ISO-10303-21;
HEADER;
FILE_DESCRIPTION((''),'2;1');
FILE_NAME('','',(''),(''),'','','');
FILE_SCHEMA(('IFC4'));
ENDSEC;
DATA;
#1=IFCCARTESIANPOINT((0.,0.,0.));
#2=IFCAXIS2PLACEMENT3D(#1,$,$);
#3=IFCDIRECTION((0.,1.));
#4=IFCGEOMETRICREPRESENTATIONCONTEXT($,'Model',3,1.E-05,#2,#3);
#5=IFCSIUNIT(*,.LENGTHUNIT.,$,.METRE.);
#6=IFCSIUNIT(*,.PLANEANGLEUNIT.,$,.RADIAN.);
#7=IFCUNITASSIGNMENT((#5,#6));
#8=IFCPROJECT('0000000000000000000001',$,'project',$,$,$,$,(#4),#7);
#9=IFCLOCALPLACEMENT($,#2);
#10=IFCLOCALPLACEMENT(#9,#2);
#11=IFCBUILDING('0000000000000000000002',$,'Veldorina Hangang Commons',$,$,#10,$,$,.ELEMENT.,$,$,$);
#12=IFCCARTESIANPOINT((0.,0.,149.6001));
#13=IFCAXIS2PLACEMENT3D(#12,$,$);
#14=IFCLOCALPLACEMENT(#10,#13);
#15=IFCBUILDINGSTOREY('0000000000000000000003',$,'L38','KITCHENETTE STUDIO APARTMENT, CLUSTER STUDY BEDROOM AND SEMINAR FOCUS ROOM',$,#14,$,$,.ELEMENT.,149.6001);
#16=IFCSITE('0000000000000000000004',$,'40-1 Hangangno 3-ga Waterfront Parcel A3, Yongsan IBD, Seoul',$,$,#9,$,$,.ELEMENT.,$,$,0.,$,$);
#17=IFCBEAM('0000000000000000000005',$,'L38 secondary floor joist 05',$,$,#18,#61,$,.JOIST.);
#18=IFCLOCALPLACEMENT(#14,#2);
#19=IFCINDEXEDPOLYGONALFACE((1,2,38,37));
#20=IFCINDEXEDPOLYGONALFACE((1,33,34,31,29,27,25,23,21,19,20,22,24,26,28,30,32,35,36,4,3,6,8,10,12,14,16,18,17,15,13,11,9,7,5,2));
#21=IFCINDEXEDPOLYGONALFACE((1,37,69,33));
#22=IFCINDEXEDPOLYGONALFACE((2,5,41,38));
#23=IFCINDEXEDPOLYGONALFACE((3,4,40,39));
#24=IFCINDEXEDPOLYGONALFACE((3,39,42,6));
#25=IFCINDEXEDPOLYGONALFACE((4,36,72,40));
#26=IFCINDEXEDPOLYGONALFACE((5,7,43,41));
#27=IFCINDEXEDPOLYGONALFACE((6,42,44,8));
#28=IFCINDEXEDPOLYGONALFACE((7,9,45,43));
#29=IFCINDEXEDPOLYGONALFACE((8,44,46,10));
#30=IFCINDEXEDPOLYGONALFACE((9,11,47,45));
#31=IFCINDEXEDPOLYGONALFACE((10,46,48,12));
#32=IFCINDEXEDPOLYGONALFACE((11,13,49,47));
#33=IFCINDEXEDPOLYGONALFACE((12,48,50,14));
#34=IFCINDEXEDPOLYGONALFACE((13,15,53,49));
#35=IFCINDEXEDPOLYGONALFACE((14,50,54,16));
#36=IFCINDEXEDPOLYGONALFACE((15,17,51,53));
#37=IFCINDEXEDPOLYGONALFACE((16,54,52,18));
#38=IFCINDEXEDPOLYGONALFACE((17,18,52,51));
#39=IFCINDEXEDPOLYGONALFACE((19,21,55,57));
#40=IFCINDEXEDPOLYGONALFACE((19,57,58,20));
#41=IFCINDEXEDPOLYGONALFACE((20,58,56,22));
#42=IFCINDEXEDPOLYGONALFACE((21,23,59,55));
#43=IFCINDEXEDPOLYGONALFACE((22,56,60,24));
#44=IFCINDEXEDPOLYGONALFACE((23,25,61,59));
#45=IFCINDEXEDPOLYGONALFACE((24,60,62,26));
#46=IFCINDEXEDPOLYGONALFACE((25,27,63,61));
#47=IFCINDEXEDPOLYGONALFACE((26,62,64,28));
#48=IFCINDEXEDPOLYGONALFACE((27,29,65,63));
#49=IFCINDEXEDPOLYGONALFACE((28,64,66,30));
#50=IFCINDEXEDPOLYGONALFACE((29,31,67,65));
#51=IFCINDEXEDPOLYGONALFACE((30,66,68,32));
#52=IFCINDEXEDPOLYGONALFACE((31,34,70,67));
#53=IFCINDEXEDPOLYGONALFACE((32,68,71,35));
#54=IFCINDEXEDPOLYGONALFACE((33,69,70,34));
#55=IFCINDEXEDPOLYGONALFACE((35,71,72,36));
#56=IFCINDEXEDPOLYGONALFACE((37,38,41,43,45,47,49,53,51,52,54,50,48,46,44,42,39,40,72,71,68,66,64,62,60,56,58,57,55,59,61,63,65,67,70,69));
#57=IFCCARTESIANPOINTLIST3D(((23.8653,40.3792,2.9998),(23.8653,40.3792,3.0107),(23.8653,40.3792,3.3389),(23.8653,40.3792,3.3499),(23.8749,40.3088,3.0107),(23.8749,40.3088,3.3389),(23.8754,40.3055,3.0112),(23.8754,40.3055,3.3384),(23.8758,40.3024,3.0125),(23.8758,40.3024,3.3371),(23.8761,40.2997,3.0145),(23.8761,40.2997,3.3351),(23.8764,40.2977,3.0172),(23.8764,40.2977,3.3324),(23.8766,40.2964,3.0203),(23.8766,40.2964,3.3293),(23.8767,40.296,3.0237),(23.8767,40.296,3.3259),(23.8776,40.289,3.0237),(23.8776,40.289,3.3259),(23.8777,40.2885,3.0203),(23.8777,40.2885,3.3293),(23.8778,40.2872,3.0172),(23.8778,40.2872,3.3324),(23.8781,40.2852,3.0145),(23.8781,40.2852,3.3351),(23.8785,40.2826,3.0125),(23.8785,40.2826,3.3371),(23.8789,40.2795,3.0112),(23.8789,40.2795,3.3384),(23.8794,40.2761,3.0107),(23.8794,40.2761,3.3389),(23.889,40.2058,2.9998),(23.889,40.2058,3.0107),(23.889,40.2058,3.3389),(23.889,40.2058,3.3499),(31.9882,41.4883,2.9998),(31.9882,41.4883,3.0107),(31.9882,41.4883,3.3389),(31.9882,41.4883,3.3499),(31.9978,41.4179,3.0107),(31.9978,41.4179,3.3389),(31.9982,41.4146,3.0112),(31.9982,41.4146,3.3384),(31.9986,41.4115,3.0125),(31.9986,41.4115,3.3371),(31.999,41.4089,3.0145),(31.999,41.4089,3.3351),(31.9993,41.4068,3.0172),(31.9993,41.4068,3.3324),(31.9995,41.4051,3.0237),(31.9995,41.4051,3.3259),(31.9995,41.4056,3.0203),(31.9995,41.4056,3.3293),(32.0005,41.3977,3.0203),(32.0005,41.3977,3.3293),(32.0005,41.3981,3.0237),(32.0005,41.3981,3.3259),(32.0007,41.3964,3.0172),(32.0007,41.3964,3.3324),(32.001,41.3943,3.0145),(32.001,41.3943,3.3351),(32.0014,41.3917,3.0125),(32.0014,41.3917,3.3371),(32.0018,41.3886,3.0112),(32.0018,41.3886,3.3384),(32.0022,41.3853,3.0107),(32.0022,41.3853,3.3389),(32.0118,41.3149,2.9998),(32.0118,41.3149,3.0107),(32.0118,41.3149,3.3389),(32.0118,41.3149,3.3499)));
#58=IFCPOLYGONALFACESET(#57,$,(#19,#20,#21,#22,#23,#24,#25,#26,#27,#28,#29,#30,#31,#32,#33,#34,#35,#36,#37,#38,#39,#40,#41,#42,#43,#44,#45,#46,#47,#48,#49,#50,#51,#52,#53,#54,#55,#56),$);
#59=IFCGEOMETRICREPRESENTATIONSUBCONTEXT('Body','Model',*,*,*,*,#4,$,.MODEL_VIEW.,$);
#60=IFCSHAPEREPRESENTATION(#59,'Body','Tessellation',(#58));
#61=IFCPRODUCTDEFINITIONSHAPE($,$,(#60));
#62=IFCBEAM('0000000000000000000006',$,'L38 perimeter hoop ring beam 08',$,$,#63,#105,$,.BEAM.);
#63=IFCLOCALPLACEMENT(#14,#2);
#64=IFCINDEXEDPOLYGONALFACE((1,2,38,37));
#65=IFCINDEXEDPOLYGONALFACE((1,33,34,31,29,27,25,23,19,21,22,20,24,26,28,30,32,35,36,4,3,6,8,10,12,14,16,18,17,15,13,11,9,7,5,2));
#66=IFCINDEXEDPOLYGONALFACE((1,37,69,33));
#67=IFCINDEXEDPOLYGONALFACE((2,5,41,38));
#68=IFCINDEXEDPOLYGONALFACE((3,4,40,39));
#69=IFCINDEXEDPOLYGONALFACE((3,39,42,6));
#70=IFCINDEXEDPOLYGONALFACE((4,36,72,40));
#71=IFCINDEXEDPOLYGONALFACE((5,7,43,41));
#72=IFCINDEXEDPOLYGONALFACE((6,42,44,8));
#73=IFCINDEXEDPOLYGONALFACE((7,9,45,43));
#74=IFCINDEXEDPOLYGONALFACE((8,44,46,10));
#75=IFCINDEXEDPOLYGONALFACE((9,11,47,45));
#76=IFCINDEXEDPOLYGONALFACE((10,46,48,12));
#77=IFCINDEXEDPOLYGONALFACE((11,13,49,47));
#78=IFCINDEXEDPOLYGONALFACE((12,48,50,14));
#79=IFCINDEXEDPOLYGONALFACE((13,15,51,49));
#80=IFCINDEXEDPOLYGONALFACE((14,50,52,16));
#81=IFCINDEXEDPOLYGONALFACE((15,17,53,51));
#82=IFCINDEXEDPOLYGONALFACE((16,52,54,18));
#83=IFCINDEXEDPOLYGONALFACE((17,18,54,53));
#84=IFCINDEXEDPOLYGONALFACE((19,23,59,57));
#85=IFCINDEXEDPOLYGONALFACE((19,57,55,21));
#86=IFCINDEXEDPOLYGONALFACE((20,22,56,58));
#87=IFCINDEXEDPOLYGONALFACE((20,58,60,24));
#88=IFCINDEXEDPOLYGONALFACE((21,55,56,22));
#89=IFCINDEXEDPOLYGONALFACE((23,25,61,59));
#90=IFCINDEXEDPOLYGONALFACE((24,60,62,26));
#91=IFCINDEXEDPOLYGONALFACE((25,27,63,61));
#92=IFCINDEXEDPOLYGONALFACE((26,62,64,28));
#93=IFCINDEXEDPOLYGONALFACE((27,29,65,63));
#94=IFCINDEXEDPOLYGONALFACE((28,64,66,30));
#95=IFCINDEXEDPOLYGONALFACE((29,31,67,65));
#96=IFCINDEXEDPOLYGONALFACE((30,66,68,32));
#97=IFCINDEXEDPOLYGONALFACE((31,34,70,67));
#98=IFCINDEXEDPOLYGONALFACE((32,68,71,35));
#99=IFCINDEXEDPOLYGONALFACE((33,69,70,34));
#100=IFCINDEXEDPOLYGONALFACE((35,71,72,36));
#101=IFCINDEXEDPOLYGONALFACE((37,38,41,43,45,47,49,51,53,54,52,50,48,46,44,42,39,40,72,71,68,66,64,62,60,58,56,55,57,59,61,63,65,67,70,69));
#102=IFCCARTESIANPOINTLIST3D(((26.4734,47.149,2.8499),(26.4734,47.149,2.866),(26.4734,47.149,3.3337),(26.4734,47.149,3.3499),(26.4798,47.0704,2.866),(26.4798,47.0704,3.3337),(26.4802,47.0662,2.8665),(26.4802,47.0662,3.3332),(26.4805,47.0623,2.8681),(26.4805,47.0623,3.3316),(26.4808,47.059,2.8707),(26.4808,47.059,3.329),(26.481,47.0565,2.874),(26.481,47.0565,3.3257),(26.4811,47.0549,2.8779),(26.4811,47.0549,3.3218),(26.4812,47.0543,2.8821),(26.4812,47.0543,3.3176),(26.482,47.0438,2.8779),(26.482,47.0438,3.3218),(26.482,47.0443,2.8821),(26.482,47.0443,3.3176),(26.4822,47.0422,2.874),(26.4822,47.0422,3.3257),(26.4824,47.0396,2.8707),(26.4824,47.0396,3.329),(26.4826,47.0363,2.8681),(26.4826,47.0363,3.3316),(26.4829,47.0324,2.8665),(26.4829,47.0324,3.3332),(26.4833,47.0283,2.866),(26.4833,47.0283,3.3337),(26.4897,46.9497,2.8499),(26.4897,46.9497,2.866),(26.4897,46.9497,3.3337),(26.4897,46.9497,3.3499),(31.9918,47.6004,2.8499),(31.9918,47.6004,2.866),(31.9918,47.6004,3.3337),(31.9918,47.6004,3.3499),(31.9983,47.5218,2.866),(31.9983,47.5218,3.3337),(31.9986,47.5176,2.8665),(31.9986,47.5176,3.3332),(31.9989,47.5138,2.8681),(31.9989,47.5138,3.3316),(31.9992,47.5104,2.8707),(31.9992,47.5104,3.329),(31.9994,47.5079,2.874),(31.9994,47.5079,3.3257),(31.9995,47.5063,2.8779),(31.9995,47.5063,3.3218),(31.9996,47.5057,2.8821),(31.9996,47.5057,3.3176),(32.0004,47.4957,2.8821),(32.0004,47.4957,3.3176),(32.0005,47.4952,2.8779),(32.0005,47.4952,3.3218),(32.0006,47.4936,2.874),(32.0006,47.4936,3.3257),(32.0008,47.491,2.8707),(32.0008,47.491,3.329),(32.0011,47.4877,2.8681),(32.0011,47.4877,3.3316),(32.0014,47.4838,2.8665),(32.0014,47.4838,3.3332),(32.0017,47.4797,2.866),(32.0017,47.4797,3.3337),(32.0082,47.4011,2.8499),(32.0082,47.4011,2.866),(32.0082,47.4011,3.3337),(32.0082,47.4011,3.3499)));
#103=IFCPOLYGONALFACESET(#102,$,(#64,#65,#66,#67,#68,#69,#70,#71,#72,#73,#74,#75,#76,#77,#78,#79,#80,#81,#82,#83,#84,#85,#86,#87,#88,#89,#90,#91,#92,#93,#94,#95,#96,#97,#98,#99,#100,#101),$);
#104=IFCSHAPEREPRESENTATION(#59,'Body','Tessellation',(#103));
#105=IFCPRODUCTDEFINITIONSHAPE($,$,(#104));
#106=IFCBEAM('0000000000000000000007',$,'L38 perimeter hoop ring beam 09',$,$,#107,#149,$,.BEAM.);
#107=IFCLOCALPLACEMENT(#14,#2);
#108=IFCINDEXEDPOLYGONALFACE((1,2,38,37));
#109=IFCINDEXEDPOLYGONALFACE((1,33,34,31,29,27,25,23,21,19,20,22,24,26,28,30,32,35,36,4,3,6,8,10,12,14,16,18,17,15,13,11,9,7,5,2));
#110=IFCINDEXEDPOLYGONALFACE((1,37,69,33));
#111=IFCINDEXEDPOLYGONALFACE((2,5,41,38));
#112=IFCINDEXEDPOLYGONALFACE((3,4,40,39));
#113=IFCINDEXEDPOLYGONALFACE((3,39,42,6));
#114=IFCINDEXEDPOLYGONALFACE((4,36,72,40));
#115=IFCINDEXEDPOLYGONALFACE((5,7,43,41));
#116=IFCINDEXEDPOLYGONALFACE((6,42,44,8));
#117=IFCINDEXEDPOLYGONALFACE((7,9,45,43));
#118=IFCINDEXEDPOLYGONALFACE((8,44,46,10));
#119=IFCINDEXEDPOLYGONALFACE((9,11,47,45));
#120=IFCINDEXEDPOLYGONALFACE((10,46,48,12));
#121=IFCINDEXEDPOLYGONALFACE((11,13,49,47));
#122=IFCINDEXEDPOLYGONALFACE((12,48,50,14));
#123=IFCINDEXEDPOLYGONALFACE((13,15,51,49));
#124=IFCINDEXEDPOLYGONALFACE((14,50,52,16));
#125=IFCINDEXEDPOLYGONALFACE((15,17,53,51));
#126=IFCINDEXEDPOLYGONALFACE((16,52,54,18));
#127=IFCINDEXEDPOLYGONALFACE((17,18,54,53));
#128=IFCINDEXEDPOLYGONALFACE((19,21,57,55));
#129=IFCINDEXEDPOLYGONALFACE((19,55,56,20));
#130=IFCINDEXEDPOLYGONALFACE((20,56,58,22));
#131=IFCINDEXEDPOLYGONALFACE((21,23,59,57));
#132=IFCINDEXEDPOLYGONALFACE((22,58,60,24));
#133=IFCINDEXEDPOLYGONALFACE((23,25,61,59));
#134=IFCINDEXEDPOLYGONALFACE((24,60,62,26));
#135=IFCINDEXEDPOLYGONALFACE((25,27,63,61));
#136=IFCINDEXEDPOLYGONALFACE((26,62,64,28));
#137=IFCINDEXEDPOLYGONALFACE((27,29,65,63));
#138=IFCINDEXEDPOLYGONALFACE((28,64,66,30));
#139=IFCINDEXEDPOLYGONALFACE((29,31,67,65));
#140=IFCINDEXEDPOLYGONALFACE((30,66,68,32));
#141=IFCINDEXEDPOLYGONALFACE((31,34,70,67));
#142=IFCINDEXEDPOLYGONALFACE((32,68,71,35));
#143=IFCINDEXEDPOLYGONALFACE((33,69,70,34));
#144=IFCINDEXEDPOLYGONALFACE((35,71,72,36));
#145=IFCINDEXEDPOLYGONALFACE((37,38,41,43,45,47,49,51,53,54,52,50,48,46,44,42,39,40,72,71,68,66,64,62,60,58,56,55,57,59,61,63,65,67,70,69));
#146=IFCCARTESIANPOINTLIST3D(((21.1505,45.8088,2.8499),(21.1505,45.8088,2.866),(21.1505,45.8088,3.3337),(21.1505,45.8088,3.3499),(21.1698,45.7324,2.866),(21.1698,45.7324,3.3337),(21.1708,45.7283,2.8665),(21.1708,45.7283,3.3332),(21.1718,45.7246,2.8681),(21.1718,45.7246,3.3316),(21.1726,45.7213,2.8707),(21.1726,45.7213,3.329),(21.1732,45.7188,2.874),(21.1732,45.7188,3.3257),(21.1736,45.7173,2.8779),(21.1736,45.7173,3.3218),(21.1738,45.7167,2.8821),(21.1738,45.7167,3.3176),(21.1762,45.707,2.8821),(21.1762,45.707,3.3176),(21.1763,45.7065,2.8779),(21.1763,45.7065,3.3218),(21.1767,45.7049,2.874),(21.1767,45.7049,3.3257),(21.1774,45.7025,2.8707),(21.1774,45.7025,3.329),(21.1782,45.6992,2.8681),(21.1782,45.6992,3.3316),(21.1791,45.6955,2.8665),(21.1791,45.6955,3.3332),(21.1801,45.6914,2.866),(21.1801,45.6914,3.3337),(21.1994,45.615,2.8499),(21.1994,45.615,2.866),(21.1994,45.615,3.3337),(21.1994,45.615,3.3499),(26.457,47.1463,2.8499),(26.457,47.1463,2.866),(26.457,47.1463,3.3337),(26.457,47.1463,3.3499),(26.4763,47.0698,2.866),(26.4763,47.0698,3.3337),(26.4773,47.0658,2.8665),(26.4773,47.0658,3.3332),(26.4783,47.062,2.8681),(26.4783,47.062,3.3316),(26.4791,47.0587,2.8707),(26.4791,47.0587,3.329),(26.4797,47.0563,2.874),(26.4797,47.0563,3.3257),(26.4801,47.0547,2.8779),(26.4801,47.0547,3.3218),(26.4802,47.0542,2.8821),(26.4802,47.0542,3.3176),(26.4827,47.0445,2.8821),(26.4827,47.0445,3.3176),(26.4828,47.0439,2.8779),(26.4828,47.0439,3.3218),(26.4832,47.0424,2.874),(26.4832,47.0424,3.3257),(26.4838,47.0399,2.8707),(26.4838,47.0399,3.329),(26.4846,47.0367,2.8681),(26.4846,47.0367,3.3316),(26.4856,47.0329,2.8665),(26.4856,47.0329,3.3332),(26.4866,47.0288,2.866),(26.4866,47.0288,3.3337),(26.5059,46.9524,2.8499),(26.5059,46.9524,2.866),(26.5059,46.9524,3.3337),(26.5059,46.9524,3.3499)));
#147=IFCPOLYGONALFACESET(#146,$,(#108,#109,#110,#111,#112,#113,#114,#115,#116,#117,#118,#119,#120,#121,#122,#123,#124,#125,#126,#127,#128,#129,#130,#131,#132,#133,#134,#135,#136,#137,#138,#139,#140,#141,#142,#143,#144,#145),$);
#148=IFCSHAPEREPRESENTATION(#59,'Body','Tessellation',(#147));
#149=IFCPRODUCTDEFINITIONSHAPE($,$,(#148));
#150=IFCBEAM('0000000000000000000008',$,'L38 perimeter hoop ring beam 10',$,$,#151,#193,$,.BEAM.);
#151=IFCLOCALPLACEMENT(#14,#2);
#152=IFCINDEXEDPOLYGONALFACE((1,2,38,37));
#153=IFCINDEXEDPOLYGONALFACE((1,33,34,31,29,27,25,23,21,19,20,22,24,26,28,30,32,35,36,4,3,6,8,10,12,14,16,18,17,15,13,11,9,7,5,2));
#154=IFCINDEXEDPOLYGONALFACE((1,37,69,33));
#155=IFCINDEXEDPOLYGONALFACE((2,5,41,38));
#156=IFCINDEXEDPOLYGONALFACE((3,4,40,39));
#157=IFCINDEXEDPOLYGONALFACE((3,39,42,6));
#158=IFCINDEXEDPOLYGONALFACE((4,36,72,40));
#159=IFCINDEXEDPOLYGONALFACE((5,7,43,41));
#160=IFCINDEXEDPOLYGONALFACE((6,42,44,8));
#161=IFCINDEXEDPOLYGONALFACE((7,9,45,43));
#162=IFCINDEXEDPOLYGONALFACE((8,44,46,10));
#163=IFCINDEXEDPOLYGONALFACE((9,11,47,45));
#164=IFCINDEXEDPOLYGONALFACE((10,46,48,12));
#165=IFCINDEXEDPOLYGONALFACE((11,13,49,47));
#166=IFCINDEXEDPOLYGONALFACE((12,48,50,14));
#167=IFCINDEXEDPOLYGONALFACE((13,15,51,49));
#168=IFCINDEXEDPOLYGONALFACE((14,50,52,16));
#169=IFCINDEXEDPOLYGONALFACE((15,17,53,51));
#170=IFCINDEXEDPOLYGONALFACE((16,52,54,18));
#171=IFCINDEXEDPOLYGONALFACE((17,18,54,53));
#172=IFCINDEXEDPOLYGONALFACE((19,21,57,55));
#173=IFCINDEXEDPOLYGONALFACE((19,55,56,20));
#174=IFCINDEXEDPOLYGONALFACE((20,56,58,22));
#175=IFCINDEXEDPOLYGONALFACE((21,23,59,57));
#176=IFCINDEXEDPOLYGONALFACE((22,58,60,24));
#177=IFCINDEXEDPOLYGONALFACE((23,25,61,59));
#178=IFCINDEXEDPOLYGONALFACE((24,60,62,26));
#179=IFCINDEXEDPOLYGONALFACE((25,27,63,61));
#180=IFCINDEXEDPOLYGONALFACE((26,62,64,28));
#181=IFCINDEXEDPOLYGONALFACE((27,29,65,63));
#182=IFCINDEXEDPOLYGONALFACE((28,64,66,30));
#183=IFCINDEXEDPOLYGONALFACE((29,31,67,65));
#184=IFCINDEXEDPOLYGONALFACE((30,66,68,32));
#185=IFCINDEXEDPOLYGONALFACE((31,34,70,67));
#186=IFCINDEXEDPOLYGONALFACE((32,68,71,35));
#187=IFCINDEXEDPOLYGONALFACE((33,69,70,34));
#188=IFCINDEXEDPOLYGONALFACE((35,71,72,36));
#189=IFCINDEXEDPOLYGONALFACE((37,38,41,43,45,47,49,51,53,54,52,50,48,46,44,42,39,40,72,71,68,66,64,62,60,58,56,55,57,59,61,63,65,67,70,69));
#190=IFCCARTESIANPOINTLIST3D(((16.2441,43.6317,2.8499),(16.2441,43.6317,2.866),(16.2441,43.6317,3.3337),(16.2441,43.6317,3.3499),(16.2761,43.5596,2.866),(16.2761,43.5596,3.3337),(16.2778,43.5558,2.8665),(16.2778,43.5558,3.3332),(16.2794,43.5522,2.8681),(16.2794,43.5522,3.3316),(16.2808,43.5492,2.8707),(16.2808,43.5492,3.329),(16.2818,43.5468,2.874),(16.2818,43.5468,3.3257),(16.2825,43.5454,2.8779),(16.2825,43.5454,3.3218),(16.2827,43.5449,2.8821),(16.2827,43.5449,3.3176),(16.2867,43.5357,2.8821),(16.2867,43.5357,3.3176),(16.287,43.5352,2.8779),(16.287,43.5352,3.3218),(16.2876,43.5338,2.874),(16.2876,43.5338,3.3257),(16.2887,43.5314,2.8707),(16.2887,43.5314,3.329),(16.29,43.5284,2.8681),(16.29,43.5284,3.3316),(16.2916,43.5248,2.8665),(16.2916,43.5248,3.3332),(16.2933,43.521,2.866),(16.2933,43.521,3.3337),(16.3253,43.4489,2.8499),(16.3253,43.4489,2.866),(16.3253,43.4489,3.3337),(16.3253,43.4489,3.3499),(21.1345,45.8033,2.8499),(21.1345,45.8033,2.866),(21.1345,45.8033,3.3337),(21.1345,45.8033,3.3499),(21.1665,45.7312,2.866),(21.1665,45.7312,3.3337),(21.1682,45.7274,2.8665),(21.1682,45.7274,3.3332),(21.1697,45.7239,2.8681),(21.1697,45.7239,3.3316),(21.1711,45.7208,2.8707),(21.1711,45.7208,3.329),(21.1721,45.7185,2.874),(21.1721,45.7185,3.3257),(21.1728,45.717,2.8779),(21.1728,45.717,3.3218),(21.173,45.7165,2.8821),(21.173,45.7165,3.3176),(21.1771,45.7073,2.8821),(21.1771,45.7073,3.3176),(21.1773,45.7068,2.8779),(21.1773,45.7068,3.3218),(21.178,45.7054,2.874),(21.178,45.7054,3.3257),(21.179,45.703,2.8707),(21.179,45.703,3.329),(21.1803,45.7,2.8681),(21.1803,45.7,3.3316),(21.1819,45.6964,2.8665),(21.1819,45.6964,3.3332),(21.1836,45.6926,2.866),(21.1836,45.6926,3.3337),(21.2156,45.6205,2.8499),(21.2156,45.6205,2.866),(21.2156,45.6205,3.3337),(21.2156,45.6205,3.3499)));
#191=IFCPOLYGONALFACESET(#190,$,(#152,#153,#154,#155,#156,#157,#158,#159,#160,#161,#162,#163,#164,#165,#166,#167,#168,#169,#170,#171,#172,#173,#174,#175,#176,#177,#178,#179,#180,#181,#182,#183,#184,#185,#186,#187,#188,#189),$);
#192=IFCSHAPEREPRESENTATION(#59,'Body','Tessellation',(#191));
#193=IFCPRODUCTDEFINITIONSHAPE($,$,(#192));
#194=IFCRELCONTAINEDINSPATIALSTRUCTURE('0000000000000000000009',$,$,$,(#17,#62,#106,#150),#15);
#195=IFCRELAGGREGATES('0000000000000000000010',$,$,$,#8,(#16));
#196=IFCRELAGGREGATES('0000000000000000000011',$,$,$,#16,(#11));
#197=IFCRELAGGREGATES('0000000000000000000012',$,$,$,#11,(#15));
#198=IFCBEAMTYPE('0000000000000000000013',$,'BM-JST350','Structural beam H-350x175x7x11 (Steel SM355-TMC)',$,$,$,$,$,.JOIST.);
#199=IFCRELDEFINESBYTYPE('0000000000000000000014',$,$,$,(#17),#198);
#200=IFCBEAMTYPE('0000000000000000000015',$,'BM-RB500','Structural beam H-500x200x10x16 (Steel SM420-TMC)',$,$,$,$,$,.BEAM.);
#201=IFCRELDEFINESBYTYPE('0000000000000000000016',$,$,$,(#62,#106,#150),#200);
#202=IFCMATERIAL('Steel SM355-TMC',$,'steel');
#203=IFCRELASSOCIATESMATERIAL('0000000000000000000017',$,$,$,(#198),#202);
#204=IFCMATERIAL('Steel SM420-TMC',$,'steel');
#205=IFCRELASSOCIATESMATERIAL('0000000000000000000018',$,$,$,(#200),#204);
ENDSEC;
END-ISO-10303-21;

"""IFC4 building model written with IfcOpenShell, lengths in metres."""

from ifc_helpers import new_model, si_unit, direction, frame, origin, origin_2d, place, context, subcontext, project, spatial, i_section, extrude, material, material_profile, profile_set, type_object, element, save


model = new_model("IFC4")

# Units and contexts
model_context = context("Model", 3, precision=1e-05, world=origin(), true_north=direction((0.0, 1.0)))
body_context = subcontext(model_context, "Body", "Model", "MODEL_VIEW")
ifc_project = project(units=[si_unit("LENGTHUNIT", "METRE"), si_unit("PLANEANGLEUNIT", "RADIAN")], contexts=[model_context])

# Site, building, storey
site_placement = place(None, origin())
site = spatial("IfcSite", under=ifc_project, at=site_placement, Name="40-1 Hangangno 3-ga Waterfront Parcel A3, Yongsan IBD, Seoul", CompositionType="ELEMENT", RefElevation=0.0)
building_placement = place(site_placement, origin())
building = spatial("IfcBuilding", under=site, at=building_placement, Name="Veldorina Hangang Commons", CompositionType="ELEMENT")
storey_placement = place(building_placement, frame((0.0, 0.0, 149.6001)))
storey = spatial("IfcBuildingStorey", under=building, at=storey_placement, Name="L38", Description="KITCHENETTE STUDIO APARTMENT, CLUSTER STUDY BEDROOM AND SEMINAR FOCUS ROOM", CompositionType="ELEMENT", Elevation=149.6001)

# Beams
ifc_material_1 = material(Name="Steel SM355-TMC", Category="steel")
ifc_material_profile_1 = material_profile(ifc_material_1, i_section(OverallWidth=0.175, OverallDepth=0.3501, WebThickness=0.0071, FlangeThickness=0.011, FilletRadius=0.0129, at=origin_2d()), Name="H-350x175x7x11")
ifc_profile_set_1 = profile_set([ifc_material_profile_1], Name="Steel SM355-TMC")
beam_type_1 = type_object("IfcBeamType", Name="BM-JST350", Description="Structural beam H-350x175x7x11 (Steel SM355-TMC)", PredefinedType="JOIST", material=ifc_profile_set_1)
beam_1_placement = place(storey_placement, frame((32.0, 41.4016, 3.1748), z_axis=(-0.990806, -0.13529, 0.0), x_axis=(0.13529, -0.990806, 0.0)))
element("IfcBeam", 1, at=beam_1_placement, inside=storey, type_object=beam_type_1, Name="L38 secondary floor joist 05", PredefinedType="JOIST", context=body_context, shape_type="SweptSolid", body=[
    extrude(i_section(OverallWidth=0.175, OverallDepth=0.3501, WebThickness=0.0071, FlangeThickness=0.011, FilletRadius=0.0129, at=origin_2d()), origin(), (0.0, 0.0, 1.0), 8.1982),
])
ifc_material_2 = material(Name="Steel SM420-TMC", Category="steel")
ifc_material_profile_2 = material_profile(ifc_material_2, i_section(OverallWidth=0.2, OverallDepth=0.5, WebThickness=0.01, FlangeThickness=0.0161, FilletRadius=0.0161, at=origin_2d()), Name="H-500x200x10x16")
ifc_profile_set_2 = profile_set([ifc_material_profile_2], Name="Steel SM420-TMC")
beam_type_2 = type_object("IfcBeamType", Name="BM-RB500", Description="Structural beam H-500x200x10x16 (Steel SM420-TMC)", PredefinedType="BEAM", material=ifc_profile_set_2)
beam_2_placement = place(storey_placement, frame((32.0, 47.5007, 3.0999), z_axis=(-0.996671, -0.081527, 0.0), x_axis=(0.081527, -0.996671, 0.0)))
element("IfcBeam", 2, at=beam_2_placement, inside=storey, type_object=beam_type_2, Name="L38 perimeter hoop ring beam 08", PredefinedType="BEAM", context=body_context, shape_type="SweptSolid", body=[
    extrude(i_section(OverallWidth=0.2, OverallDepth=0.5, WebThickness=0.01, FlangeThickness=0.0161, FilletRadius=0.0161, at=origin_2d()), origin(), (0.0, 0.0, 1.0), 5.5369),
])
beam_3_placement = place(storey_placement, frame((26.4814, 47.0493, 3.0999), z_axis=(-0.969676, -0.244393, 0.0), x_axis=(0.244393, -0.969676, 0.0)))
element("IfcBeam", 3, at=beam_3_placement, inside=storey, type_object=beam_type_2, Name="L38 perimeter hoop ring beam 09", PredefinedType="BEAM", context=body_context, shape_type="SweptSolid", body=[
    extrude(i_section(OverallWidth=0.2, OverallDepth=0.5, WebThickness=0.01, FlangeThickness=0.0161, FilletRadius=0.0161, at=origin_2d()), origin(), (0.0, 0.0, 1.0), 5.4724),
])
beam_4_placement = place(storey_placement, frame((21.175, 45.7119, 3.0999), z_axis=(-0.913941, -0.405846, 0.0), x_axis=(0.405846, -0.913941, 0.0)))
element("IfcBeam", 4, at=beam_4_placement, inside=storey, type_object=beam_type_2, Name="L38 perimeter hoop ring beam 10", PredefinedType="BEAM", context=body_context, shape_type="SweptSolid", body=[
    extrude(i_section(OverallWidth=0.2, OverallDepth=0.5, WebThickness=0.01, FlangeThickness=0.0161, FilletRadius=0.0161, at=origin_2d()), origin(), (0.0, 0.0, 1.0), 5.3508),
])

save(model, "model.ifc")
